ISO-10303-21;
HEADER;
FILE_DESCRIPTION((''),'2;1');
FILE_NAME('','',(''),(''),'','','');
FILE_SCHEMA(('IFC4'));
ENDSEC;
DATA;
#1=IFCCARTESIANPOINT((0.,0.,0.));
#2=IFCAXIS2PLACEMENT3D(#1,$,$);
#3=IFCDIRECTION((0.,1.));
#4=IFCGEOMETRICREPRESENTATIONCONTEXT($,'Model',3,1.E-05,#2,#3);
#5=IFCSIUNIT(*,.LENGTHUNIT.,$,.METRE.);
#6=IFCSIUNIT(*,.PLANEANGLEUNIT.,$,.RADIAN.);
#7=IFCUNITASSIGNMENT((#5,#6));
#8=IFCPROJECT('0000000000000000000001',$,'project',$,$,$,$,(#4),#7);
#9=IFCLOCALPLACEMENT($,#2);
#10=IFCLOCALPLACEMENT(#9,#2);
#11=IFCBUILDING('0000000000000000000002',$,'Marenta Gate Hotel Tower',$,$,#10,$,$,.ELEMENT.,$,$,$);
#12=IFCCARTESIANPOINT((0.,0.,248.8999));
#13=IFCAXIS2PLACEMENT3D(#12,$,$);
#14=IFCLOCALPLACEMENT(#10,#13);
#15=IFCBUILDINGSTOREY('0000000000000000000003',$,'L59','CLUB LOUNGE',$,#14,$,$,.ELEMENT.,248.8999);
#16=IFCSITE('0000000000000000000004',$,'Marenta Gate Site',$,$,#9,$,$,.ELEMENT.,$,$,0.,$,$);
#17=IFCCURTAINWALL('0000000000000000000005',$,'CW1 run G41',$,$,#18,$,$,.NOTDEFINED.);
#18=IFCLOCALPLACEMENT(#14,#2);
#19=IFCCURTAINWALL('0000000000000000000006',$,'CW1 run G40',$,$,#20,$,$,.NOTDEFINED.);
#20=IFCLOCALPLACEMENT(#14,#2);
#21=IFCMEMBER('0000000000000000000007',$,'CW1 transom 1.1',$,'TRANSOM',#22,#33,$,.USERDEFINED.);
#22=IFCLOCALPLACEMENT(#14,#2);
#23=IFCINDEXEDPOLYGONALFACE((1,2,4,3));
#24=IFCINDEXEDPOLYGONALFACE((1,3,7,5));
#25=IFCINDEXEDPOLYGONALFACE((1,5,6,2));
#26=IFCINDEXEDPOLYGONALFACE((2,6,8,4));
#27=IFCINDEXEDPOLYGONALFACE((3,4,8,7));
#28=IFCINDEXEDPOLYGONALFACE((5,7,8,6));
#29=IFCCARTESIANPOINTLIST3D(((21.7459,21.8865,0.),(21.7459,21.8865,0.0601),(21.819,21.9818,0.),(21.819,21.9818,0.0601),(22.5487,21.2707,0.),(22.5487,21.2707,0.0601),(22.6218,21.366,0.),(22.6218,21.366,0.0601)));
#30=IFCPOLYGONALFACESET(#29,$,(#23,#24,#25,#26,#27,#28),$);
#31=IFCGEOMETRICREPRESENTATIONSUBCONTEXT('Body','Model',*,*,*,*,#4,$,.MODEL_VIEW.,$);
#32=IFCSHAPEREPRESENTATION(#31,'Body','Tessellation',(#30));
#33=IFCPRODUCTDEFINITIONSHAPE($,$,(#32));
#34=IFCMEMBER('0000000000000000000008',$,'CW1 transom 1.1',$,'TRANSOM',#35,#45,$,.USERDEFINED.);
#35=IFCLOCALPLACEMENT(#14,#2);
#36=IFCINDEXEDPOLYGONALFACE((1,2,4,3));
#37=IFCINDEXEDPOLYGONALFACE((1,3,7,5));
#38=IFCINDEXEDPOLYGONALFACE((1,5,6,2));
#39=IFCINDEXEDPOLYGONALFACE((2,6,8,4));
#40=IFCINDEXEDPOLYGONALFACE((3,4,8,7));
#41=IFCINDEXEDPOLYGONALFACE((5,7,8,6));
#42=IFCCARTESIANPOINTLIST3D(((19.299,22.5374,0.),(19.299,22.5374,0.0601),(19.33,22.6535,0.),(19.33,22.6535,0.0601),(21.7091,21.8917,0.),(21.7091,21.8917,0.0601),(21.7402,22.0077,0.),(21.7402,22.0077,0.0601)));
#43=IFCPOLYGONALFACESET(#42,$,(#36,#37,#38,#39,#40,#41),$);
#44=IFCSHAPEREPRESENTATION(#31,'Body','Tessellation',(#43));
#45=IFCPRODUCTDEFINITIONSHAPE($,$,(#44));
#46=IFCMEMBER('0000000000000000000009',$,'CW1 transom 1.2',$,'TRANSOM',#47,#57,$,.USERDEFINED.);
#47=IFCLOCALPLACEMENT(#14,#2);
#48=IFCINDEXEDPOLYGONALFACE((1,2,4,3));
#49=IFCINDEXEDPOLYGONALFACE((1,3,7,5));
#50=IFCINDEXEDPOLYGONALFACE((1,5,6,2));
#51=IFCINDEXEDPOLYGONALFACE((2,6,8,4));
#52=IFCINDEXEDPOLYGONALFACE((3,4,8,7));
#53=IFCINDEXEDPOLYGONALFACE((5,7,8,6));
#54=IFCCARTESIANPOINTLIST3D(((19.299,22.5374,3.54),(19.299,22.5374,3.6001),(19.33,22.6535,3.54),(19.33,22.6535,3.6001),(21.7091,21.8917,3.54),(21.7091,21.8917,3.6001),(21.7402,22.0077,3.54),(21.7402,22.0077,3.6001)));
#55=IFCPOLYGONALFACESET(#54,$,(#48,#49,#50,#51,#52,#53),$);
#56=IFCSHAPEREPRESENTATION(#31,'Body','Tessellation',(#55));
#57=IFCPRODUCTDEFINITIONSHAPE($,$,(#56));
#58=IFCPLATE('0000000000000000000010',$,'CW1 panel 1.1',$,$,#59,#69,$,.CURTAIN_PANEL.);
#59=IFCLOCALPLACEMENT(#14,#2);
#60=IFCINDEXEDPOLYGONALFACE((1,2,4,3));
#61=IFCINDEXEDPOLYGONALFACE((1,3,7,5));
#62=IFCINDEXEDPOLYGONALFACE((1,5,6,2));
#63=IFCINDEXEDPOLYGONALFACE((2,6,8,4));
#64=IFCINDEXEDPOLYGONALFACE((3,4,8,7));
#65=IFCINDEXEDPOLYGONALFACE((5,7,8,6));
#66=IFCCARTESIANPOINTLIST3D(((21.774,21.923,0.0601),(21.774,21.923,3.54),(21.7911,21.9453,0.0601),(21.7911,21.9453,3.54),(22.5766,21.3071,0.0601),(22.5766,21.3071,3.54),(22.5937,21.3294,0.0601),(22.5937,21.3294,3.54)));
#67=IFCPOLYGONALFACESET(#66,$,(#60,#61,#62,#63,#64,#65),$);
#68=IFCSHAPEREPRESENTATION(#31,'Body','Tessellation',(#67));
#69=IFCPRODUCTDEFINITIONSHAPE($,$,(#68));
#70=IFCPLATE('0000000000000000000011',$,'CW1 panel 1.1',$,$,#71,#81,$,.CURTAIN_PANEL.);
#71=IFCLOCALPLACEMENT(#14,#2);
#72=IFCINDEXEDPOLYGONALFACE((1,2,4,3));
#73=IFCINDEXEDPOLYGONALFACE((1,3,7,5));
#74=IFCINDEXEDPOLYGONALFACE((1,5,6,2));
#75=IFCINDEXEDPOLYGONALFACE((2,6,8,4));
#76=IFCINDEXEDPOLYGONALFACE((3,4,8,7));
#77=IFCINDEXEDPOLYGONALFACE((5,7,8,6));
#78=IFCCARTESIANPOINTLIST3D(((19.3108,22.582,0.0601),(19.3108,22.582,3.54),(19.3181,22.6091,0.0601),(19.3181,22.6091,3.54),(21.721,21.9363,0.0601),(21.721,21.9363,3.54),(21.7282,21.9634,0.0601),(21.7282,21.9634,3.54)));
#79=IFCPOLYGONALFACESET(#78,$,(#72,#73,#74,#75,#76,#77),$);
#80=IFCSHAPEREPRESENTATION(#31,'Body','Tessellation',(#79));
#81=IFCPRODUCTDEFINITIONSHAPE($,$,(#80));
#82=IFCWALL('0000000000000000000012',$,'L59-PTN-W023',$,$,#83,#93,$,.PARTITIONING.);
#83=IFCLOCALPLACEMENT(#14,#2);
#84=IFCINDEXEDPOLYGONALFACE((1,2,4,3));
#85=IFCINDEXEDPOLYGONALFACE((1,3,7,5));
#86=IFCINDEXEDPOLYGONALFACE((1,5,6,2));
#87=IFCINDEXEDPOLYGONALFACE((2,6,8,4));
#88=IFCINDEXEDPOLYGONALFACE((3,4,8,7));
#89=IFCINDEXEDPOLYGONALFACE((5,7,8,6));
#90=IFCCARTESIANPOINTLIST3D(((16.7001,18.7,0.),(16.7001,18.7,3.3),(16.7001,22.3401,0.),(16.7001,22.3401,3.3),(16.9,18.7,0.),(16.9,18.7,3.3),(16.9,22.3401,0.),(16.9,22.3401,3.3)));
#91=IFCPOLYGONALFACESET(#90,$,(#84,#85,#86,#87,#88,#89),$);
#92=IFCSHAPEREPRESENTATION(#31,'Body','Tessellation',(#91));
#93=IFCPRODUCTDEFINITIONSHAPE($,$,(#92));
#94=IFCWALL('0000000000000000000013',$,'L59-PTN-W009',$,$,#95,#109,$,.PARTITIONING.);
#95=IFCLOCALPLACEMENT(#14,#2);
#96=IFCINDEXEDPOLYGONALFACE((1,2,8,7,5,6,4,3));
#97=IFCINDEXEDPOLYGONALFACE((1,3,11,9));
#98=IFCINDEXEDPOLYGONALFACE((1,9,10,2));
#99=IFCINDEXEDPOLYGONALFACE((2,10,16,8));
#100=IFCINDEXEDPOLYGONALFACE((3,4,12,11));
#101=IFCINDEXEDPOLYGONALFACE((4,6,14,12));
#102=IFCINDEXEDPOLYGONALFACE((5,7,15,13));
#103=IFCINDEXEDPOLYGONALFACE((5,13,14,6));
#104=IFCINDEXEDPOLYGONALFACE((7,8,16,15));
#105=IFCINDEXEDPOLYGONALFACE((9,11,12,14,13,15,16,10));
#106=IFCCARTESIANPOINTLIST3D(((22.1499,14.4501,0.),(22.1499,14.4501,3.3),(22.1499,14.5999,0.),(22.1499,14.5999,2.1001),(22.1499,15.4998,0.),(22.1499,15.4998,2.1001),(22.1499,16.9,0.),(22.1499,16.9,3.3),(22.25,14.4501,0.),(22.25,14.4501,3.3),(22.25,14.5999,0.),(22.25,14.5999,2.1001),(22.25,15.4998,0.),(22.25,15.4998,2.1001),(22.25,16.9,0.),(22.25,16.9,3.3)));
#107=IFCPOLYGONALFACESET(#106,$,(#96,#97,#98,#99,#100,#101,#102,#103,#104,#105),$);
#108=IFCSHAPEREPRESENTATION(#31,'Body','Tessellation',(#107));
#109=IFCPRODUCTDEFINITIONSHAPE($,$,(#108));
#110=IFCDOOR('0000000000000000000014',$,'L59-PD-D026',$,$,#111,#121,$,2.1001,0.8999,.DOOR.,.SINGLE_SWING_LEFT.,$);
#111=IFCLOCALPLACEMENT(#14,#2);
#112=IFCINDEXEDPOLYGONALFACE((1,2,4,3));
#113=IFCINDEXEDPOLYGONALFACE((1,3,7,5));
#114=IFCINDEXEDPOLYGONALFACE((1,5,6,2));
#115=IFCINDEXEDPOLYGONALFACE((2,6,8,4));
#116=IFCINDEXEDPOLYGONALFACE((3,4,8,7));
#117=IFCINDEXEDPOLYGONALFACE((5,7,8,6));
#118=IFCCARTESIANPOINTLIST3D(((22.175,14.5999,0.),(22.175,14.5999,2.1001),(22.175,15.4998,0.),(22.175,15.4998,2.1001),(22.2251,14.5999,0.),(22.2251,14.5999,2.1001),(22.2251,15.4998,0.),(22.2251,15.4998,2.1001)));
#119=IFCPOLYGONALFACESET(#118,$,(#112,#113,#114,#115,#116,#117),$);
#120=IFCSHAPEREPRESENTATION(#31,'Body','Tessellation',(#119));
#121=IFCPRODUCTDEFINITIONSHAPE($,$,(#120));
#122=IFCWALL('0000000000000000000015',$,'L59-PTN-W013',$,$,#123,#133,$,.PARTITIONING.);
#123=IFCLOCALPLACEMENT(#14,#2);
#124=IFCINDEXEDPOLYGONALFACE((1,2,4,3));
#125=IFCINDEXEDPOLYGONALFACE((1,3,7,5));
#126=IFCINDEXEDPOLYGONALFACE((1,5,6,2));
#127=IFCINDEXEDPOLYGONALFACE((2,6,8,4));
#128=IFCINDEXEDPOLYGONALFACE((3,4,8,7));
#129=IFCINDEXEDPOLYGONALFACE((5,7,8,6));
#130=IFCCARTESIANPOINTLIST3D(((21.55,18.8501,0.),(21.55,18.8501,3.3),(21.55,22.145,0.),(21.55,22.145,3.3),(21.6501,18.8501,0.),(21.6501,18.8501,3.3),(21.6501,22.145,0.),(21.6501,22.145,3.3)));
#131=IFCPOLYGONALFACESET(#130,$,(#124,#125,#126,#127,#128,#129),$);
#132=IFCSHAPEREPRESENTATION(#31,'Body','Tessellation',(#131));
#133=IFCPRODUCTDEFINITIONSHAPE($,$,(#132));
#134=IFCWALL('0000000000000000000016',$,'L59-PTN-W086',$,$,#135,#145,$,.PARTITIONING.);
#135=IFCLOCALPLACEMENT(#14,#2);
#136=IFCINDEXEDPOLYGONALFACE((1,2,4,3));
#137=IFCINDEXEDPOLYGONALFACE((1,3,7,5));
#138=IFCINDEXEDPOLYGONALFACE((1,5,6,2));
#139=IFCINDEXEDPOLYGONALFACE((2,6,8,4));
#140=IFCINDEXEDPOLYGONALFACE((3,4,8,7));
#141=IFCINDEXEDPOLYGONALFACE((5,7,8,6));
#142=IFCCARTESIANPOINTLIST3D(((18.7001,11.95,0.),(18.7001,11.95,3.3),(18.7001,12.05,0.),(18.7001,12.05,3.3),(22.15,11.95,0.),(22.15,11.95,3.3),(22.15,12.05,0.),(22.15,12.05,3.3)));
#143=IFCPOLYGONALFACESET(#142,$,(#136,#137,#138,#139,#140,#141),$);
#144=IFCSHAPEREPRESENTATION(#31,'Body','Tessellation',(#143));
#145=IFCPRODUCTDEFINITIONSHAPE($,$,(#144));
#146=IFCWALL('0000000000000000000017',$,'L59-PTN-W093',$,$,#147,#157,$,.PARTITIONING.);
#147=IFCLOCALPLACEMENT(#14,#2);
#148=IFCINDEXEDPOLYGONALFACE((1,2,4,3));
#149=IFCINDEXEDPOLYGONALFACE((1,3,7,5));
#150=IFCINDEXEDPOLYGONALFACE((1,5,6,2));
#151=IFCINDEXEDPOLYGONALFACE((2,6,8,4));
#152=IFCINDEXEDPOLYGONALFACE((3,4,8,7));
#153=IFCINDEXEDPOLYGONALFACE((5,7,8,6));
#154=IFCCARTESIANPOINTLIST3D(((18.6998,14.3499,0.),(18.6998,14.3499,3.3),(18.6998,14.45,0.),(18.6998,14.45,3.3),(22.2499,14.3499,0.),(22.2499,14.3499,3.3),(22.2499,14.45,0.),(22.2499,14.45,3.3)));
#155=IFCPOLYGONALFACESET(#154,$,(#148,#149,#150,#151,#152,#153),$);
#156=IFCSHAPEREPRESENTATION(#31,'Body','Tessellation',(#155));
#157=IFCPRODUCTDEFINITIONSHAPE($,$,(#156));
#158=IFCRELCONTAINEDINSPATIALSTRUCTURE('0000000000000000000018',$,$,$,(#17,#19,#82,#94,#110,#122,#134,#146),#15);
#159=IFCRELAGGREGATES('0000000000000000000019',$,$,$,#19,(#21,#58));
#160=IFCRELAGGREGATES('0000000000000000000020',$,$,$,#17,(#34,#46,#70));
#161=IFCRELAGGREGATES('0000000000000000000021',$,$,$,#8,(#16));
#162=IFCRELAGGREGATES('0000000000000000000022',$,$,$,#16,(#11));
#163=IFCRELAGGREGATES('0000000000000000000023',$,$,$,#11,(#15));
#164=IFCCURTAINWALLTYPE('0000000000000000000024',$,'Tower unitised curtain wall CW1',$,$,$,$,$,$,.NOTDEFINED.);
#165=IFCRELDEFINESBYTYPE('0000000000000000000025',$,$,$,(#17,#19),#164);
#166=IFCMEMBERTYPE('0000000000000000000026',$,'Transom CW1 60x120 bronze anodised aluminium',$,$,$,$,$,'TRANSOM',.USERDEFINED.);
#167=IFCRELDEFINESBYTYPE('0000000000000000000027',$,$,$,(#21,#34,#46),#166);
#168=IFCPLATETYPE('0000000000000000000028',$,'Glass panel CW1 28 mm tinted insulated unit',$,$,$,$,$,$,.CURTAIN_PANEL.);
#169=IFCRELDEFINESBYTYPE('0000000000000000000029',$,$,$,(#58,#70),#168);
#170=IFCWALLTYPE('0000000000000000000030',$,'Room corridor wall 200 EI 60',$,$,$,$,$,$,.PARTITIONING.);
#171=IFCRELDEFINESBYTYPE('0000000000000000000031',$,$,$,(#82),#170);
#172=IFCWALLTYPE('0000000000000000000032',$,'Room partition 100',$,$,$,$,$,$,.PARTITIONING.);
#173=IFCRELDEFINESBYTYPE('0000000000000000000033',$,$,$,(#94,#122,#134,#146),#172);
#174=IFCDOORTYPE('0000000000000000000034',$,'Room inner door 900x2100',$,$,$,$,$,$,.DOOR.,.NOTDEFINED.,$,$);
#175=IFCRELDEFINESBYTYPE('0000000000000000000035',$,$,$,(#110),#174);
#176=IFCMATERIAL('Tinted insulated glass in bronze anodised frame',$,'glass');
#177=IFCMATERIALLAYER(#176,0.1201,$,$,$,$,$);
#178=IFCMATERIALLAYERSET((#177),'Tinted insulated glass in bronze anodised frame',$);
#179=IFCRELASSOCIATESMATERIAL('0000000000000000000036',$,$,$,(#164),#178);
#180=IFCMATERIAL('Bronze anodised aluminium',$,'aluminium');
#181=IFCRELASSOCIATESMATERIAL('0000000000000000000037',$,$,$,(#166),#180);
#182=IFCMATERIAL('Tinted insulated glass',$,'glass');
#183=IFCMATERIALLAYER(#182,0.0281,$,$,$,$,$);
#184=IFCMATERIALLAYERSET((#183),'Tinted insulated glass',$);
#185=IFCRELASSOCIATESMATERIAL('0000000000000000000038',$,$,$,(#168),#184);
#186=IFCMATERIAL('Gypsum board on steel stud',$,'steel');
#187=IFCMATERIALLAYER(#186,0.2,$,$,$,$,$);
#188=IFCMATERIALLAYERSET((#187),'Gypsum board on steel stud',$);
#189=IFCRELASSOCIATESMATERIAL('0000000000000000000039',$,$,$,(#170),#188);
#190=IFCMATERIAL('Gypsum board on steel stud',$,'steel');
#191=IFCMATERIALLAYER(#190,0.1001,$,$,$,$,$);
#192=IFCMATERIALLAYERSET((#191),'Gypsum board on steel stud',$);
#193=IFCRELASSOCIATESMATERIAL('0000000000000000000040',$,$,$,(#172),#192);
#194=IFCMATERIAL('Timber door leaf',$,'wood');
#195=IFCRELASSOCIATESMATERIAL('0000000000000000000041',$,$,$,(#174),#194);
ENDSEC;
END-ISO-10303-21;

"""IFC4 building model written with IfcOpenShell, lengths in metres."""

from ifc_helpers import new_model, si_unit, direction, frame, frame_2d, origin, origin_2d, place, context, subcontext, project, spatial, rectangle, extrude, material, layer, layer_set, material_profile, profile_set, type_object, element, fill, aggregate, save


model = new_model("IFC4")

# Units and contexts
model_context = context("Model", 3, precision=1e-05, world=origin(), true_north=direction((0.0, 1.0)))
body_context = subcontext(model_context, "Body", "Model", "MODEL_VIEW")
ifc_project = project(units=[si_unit("LENGTHUNIT", "METRE"), si_unit("PLANEANGLEUNIT", "RADIAN")], contexts=[model_context])

# Site, building, storey
site_placement = place(None, origin())
site = spatial("IfcSite", under=ifc_project, at=site_placement, Name="Marenta Gate Site", CompositionType="ELEMENT", RefElevation=0.0)
building_placement = place(site_placement, origin())
building = spatial("IfcBuilding", under=site, at=building_placement, Name="Marenta Gate Hotel Tower", CompositionType="ELEMENT")
storey_placement = place(building_placement, frame((0.0, 0.0, 248.8999)))
storey = spatial("IfcBuildingStorey", under=building, at=storey_placement, Name="L59", Description="CLUB LOUNGE", CompositionType="ELEMENT", Elevation=248.8999)

# Curtain wall
ifc_material_1 = material(Name="Tinted insulated glass in bronze anodised frame", Category="glass")
ifc_layer_1 = layer(ifc_material_1, 0.1201)
ifc_layer_set_1 = layer_set([ifc_layer_1], Name="Tinted insulated glass in bronze anodised frame")
curtain_wall_type = type_object("IfcCurtainWallType", Name="Tower unitised curtain wall CW1", PredefinedType="NOTDEFINED", material=ifc_layer_set_1)
curtain_wall_1_placement = place(storey_placement, origin())
curtain_wall_1 = element("IfcCurtainWall", 1, at=curtain_wall_1_placement, inside=storey, type_object=curtain_wall_type, Name="CW1 run G41", PredefinedType="NOTDEFINED")

# Curtain wall, member
curtain_wall_2_placement = place(storey_placement, origin())
curtain_wall_2 = element("IfcCurtainWall", 2, at=curtain_wall_2_placement, inside=storey, type_object=curtain_wall_type, Name="CW1 run G40", PredefinedType="NOTDEFINED")
ifc_material_2 = material(Name="Bronze anodised aluminium", Category="aluminium")
ifc_material_profile_1 = material_profile(ifc_material_2, rectangle(XDim=0.1201, YDim=0.0601, at=origin_2d()), Name="Transom CW1 60x120 bronze anodised aluminium")
ifc_profile_set_1 = profile_set([ifc_material_profile_1], Name="Bronze anodised aluminium")
member_type_1 = type_object("IfcMemberType", Name="Transom CW1 60x120 bronze anodised aluminium", ElementType="TRANSOM", PredefinedType="USERDEFINED", material=ifc_profile_set_1)
member_1_placement = place(storey_placement, frame((22.5852, 21.3184, 0.03), z_axis=(-0.793467, 0.608614, 0.0), x_axis=(-0.608614, -0.793467, 0.0)))
member_1 = element("IfcMember", 3, at=member_1_placement, type_object=member_type_1, Name="CW1 transom 1.1", ObjectType="TRANSOM", PredefinedType="USERDEFINED", context=body_context, shape_type="SweptSolid", body=[
    extrude(rectangle(XDim=0.1201, YDim=0.0601, at=origin_2d()), origin(), (0.0, 0.0, 1.0), 1.0117),
])

# Members
member_2_placement = place(storey_placement, frame((21.7246, 21.9497, 0.03), z_axis=(-0.965931, 0.258801, 0.0), x_axis=(-0.258801, -0.965931, 0.0)))
member_2 = element("IfcMember", 4, at=member_2_placement, type_object=member_type_1, Name="CW1 transom 1.1", ObjectType="TRANSOM", PredefinedType="USERDEFINED", context=body_context, shape_type="SweptSolid", body=[
    extrude(rectangle(XDim=0.1201, YDim=0.0601, at=origin_2d()), origin(), (0.0, 0.0, 1.0), 2.4951),
])
member_3_placement = place(storey_placement, frame((21.7246, 21.9497, 3.5701), z_axis=(-0.965931, 0.258801, 0.0), x_axis=(-0.258801, -0.965931, 0.0)))
member_3 = element("IfcMember", 5, at=member_3_placement, type_object=member_type_1, Name="CW1 transom 1.2", ObjectType="TRANSOM", PredefinedType="USERDEFINED", context=body_context, shape_type="SweptSolid", body=[
    extrude(rectangle(XDim=0.1201, YDim=0.0601, at=origin_2d()), origin(), (0.0, 0.0, 1.0), 2.4951),
])

# Plates
ifc_material_3 = material(Name="Tinted insulated glass", Category="glass")
ifc_layer_2 = layer(ifc_material_3, 0.0281)
ifc_layer_set_2 = layer_set([ifc_layer_2], Name="Tinted insulated glass")
plate_type = type_object("IfcPlateType", Name="Glass panel CW1 28 mm tinted insulated unit", PredefinedType="CURTAIN_PANEL", material=ifc_layer_set_2)
plate_1_placement = place(storey_placement, frame((22.1838, 21.6262, 0.0601), z_axis=(0.0, 0.0, 1.0), x_axis=(-0.793345, 0.608772, 0.0)))
plate_1 = element("IfcPlate", 6, at=plate_1_placement, type_object=plate_type, Name="CW1 panel 1.1", PredefinedType="CURTAIN_PANEL", context=body_context, shape_type="SweptSolid", body=[
    extrude(rectangle(XDim=1.0117, YDim=0.0281, at=origin_2d()), origin(), (0.0, 0.0, 1.0), 3.48),
])
aggregate(curtain_wall_2, [member_1, plate_1])
plate_2_placement = place(storey_placement, frame((20.5195, 22.2727, 0.0601), z_axis=(0.0, 0.0, 1.0), x_axis=(-0.96593, 0.258805, 0.0)))
plate_2 = element("IfcPlate", 7, at=plate_2_placement, type_object=plate_type, Name="CW1 panel 1.1", PredefinedType="CURTAIN_PANEL", context=body_context, shape_type="SweptSolid", body=[
    extrude(rectangle(XDim=2.4951, YDim=0.0281, at=origin_2d()), origin(), (0.0, 0.0, 1.0), 3.48),
])
aggregate(curtain_wall_1, [member_2, member_3, plate_2])

# Wall
ifc_material_4 = material(Name="Gypsum board on steel stud", Category="steel")
ifc_layer_3 = layer(ifc_material_4, 0.2)
ifc_layer_set_3 = layer_set([ifc_layer_3], Name="Gypsum board on steel stud")
wall_type_1 = type_object("IfcWallType", Name="Room corridor wall 200 EI 60", PredefinedType="PARTITIONING", material=ifc_layer_set_3)
wall_1_placement = place(storey_placement, frame((16.8, 18.7, 0.0), z_axis=(0.0, 0.0, 1.0), x_axis=(0.0, 1.0, 0.0)))
element("IfcWall", 8, at=wall_1_placement, inside=storey, type_object=wall_type_1, Name="L59-PTN-W023", PredefinedType="PARTITIONING", context=body_context, shape_type="SweptSolid", body=[
    extrude(rectangle(XDim=3.6401, YDim=0.2, at=frame_2d((1.8201, 0.0))), origin(), (0.0, 0.0, 1.0), 3.3),
])

# Wall, opening, door
ifc_material_5 = material(Name="Gypsum board on steel stud", Category="steel")
ifc_layer_4 = layer(ifc_material_5, 0.1001)
ifc_layer_set_4 = layer_set([ifc_layer_4], Name="Gypsum board on steel stud")
wall_type_2 = type_object("IfcWallType", Name="Room partition 100", PredefinedType="PARTITIONING", material=ifc_layer_set_4)
wall_2_placement = place(storey_placement, frame((22.2, 14.45, 0.0), z_axis=(0.0, 0.0, 1.0), x_axis=(0.0, 1.0, 0.0)))
wall_2 = element("IfcWall", 9, at=wall_2_placement, inside=storey, type_object=wall_type_2, Name="L59-PTN-W009", PredefinedType="PARTITIONING", context=body_context, shape_type="SweptSolid", body=[
    extrude(rectangle(XDim=2.45, YDim=0.1001, at=frame_2d((1.2251, 0.0))), origin(), (0.0, 0.0, 1.0), 3.3),
])
opening_1_placement = place(wall_2_placement, frame((0.1499, 0.0, 0.0)))
opening_1 = element("IfcOpeningElement", 10, at=opening_1_placement, cuts=wall_2, PredefinedType="OPENING", context=body_context, shape_type="SweptSolid", body=[
    extrude(rectangle(XDim=0.8999, YDim=2.1001, at=frame_2d((0.45, 1.05))), frame((0.0, 0.05, 0.0), z_axis=(0.0, -1.0, 0.0), x_axis=(1.0, 0.0, 0.0)), (0.0, 0.0, 1.0), 0.1001),
])
ifc_material_6 = material(Name="Timber door leaf", Category="wood")
door_type_1 = type_object("IfcDoorType", Name="Room inner door 900x2100", OperationType="NOTDEFINED", PredefinedType="DOOR", material=ifc_material_6)
door_1_placement = place(opening_1_placement, origin())
door_1 = element("IfcDoor", 11, at=door_1_placement, inside=storey, type_object=door_type_1, Name="L59-PD-D026", OperationType="SINGLE_SWING_LEFT", OverallHeight=2.1001, OverallWidth=0.8999, PredefinedType="DOOR", context=body_context, shape_type="SweptSolid", body=[
    extrude(rectangle(XDim=0.8999, YDim=2.1001, at=frame_2d((0.45, 1.05))), frame((0.0, 0.0249, 0.0), z_axis=(0.0, -1.0, 0.0), x_axis=(1.0, 0.0, 0.0)), (0.0, 0.0, 1.0), 0.05),
])
fill(opening_1, door_1)

# Walls
wall_3_placement = place(storey_placement, frame((21.6001, 18.8501, 0.0), z_axis=(0.0, 0.0, 1.0), x_axis=(0.0, 1.0, 0.0)))
element("IfcWall", 12, at=wall_3_placement, inside=storey, type_object=wall_type_2, Name="L59-PTN-W013", PredefinedType="PARTITIONING", context=body_context, shape_type="SweptSolid", body=[
    extrude(rectangle(XDim=3.2949, YDim=0.1001, at=frame_2d((1.6475, 0.0))), origin(), (0.0, 0.0, 1.0), 3.3),
])
wall_4_placement = place(storey_placement, frame((18.7, 12.0, 0.0), z_axis=(0.0, 0.0, 1.0), x_axis=(1.0, 0.0, 0.0)))
element("IfcWall", 13, at=wall_4_placement, inside=storey, type_object=wall_type_2, Name="L59-PTN-W086", PredefinedType="PARTITIONING", context=body_context, shape_type="SweptSolid", body=[
    extrude(rectangle(XDim=3.45, YDim=0.1001, at=frame_2d((1.7251, 0.0))), origin(), (0.0, 0.0, 1.0), 3.3),
])
wall_5_placement = place(storey_placement, frame((18.7, 14.3999, 0.0), z_axis=(0.0, 0.0, 1.0), x_axis=(1.0, 0.0, 0.0)))
element("IfcWall", 14, at=wall_5_placement, inside=storey, type_object=wall_type_2, Name="L59-PTN-W093", PredefinedType="PARTITIONING", context=body_context, shape_type="SweptSolid", body=[
    extrude(rectangle(XDim=3.55, YDim=0.1001, at=frame_2d((1.7749, 0.0))), origin(), (0.0, 0.0, 1.0), 3.3),
])

save(model, "model.ifc")
